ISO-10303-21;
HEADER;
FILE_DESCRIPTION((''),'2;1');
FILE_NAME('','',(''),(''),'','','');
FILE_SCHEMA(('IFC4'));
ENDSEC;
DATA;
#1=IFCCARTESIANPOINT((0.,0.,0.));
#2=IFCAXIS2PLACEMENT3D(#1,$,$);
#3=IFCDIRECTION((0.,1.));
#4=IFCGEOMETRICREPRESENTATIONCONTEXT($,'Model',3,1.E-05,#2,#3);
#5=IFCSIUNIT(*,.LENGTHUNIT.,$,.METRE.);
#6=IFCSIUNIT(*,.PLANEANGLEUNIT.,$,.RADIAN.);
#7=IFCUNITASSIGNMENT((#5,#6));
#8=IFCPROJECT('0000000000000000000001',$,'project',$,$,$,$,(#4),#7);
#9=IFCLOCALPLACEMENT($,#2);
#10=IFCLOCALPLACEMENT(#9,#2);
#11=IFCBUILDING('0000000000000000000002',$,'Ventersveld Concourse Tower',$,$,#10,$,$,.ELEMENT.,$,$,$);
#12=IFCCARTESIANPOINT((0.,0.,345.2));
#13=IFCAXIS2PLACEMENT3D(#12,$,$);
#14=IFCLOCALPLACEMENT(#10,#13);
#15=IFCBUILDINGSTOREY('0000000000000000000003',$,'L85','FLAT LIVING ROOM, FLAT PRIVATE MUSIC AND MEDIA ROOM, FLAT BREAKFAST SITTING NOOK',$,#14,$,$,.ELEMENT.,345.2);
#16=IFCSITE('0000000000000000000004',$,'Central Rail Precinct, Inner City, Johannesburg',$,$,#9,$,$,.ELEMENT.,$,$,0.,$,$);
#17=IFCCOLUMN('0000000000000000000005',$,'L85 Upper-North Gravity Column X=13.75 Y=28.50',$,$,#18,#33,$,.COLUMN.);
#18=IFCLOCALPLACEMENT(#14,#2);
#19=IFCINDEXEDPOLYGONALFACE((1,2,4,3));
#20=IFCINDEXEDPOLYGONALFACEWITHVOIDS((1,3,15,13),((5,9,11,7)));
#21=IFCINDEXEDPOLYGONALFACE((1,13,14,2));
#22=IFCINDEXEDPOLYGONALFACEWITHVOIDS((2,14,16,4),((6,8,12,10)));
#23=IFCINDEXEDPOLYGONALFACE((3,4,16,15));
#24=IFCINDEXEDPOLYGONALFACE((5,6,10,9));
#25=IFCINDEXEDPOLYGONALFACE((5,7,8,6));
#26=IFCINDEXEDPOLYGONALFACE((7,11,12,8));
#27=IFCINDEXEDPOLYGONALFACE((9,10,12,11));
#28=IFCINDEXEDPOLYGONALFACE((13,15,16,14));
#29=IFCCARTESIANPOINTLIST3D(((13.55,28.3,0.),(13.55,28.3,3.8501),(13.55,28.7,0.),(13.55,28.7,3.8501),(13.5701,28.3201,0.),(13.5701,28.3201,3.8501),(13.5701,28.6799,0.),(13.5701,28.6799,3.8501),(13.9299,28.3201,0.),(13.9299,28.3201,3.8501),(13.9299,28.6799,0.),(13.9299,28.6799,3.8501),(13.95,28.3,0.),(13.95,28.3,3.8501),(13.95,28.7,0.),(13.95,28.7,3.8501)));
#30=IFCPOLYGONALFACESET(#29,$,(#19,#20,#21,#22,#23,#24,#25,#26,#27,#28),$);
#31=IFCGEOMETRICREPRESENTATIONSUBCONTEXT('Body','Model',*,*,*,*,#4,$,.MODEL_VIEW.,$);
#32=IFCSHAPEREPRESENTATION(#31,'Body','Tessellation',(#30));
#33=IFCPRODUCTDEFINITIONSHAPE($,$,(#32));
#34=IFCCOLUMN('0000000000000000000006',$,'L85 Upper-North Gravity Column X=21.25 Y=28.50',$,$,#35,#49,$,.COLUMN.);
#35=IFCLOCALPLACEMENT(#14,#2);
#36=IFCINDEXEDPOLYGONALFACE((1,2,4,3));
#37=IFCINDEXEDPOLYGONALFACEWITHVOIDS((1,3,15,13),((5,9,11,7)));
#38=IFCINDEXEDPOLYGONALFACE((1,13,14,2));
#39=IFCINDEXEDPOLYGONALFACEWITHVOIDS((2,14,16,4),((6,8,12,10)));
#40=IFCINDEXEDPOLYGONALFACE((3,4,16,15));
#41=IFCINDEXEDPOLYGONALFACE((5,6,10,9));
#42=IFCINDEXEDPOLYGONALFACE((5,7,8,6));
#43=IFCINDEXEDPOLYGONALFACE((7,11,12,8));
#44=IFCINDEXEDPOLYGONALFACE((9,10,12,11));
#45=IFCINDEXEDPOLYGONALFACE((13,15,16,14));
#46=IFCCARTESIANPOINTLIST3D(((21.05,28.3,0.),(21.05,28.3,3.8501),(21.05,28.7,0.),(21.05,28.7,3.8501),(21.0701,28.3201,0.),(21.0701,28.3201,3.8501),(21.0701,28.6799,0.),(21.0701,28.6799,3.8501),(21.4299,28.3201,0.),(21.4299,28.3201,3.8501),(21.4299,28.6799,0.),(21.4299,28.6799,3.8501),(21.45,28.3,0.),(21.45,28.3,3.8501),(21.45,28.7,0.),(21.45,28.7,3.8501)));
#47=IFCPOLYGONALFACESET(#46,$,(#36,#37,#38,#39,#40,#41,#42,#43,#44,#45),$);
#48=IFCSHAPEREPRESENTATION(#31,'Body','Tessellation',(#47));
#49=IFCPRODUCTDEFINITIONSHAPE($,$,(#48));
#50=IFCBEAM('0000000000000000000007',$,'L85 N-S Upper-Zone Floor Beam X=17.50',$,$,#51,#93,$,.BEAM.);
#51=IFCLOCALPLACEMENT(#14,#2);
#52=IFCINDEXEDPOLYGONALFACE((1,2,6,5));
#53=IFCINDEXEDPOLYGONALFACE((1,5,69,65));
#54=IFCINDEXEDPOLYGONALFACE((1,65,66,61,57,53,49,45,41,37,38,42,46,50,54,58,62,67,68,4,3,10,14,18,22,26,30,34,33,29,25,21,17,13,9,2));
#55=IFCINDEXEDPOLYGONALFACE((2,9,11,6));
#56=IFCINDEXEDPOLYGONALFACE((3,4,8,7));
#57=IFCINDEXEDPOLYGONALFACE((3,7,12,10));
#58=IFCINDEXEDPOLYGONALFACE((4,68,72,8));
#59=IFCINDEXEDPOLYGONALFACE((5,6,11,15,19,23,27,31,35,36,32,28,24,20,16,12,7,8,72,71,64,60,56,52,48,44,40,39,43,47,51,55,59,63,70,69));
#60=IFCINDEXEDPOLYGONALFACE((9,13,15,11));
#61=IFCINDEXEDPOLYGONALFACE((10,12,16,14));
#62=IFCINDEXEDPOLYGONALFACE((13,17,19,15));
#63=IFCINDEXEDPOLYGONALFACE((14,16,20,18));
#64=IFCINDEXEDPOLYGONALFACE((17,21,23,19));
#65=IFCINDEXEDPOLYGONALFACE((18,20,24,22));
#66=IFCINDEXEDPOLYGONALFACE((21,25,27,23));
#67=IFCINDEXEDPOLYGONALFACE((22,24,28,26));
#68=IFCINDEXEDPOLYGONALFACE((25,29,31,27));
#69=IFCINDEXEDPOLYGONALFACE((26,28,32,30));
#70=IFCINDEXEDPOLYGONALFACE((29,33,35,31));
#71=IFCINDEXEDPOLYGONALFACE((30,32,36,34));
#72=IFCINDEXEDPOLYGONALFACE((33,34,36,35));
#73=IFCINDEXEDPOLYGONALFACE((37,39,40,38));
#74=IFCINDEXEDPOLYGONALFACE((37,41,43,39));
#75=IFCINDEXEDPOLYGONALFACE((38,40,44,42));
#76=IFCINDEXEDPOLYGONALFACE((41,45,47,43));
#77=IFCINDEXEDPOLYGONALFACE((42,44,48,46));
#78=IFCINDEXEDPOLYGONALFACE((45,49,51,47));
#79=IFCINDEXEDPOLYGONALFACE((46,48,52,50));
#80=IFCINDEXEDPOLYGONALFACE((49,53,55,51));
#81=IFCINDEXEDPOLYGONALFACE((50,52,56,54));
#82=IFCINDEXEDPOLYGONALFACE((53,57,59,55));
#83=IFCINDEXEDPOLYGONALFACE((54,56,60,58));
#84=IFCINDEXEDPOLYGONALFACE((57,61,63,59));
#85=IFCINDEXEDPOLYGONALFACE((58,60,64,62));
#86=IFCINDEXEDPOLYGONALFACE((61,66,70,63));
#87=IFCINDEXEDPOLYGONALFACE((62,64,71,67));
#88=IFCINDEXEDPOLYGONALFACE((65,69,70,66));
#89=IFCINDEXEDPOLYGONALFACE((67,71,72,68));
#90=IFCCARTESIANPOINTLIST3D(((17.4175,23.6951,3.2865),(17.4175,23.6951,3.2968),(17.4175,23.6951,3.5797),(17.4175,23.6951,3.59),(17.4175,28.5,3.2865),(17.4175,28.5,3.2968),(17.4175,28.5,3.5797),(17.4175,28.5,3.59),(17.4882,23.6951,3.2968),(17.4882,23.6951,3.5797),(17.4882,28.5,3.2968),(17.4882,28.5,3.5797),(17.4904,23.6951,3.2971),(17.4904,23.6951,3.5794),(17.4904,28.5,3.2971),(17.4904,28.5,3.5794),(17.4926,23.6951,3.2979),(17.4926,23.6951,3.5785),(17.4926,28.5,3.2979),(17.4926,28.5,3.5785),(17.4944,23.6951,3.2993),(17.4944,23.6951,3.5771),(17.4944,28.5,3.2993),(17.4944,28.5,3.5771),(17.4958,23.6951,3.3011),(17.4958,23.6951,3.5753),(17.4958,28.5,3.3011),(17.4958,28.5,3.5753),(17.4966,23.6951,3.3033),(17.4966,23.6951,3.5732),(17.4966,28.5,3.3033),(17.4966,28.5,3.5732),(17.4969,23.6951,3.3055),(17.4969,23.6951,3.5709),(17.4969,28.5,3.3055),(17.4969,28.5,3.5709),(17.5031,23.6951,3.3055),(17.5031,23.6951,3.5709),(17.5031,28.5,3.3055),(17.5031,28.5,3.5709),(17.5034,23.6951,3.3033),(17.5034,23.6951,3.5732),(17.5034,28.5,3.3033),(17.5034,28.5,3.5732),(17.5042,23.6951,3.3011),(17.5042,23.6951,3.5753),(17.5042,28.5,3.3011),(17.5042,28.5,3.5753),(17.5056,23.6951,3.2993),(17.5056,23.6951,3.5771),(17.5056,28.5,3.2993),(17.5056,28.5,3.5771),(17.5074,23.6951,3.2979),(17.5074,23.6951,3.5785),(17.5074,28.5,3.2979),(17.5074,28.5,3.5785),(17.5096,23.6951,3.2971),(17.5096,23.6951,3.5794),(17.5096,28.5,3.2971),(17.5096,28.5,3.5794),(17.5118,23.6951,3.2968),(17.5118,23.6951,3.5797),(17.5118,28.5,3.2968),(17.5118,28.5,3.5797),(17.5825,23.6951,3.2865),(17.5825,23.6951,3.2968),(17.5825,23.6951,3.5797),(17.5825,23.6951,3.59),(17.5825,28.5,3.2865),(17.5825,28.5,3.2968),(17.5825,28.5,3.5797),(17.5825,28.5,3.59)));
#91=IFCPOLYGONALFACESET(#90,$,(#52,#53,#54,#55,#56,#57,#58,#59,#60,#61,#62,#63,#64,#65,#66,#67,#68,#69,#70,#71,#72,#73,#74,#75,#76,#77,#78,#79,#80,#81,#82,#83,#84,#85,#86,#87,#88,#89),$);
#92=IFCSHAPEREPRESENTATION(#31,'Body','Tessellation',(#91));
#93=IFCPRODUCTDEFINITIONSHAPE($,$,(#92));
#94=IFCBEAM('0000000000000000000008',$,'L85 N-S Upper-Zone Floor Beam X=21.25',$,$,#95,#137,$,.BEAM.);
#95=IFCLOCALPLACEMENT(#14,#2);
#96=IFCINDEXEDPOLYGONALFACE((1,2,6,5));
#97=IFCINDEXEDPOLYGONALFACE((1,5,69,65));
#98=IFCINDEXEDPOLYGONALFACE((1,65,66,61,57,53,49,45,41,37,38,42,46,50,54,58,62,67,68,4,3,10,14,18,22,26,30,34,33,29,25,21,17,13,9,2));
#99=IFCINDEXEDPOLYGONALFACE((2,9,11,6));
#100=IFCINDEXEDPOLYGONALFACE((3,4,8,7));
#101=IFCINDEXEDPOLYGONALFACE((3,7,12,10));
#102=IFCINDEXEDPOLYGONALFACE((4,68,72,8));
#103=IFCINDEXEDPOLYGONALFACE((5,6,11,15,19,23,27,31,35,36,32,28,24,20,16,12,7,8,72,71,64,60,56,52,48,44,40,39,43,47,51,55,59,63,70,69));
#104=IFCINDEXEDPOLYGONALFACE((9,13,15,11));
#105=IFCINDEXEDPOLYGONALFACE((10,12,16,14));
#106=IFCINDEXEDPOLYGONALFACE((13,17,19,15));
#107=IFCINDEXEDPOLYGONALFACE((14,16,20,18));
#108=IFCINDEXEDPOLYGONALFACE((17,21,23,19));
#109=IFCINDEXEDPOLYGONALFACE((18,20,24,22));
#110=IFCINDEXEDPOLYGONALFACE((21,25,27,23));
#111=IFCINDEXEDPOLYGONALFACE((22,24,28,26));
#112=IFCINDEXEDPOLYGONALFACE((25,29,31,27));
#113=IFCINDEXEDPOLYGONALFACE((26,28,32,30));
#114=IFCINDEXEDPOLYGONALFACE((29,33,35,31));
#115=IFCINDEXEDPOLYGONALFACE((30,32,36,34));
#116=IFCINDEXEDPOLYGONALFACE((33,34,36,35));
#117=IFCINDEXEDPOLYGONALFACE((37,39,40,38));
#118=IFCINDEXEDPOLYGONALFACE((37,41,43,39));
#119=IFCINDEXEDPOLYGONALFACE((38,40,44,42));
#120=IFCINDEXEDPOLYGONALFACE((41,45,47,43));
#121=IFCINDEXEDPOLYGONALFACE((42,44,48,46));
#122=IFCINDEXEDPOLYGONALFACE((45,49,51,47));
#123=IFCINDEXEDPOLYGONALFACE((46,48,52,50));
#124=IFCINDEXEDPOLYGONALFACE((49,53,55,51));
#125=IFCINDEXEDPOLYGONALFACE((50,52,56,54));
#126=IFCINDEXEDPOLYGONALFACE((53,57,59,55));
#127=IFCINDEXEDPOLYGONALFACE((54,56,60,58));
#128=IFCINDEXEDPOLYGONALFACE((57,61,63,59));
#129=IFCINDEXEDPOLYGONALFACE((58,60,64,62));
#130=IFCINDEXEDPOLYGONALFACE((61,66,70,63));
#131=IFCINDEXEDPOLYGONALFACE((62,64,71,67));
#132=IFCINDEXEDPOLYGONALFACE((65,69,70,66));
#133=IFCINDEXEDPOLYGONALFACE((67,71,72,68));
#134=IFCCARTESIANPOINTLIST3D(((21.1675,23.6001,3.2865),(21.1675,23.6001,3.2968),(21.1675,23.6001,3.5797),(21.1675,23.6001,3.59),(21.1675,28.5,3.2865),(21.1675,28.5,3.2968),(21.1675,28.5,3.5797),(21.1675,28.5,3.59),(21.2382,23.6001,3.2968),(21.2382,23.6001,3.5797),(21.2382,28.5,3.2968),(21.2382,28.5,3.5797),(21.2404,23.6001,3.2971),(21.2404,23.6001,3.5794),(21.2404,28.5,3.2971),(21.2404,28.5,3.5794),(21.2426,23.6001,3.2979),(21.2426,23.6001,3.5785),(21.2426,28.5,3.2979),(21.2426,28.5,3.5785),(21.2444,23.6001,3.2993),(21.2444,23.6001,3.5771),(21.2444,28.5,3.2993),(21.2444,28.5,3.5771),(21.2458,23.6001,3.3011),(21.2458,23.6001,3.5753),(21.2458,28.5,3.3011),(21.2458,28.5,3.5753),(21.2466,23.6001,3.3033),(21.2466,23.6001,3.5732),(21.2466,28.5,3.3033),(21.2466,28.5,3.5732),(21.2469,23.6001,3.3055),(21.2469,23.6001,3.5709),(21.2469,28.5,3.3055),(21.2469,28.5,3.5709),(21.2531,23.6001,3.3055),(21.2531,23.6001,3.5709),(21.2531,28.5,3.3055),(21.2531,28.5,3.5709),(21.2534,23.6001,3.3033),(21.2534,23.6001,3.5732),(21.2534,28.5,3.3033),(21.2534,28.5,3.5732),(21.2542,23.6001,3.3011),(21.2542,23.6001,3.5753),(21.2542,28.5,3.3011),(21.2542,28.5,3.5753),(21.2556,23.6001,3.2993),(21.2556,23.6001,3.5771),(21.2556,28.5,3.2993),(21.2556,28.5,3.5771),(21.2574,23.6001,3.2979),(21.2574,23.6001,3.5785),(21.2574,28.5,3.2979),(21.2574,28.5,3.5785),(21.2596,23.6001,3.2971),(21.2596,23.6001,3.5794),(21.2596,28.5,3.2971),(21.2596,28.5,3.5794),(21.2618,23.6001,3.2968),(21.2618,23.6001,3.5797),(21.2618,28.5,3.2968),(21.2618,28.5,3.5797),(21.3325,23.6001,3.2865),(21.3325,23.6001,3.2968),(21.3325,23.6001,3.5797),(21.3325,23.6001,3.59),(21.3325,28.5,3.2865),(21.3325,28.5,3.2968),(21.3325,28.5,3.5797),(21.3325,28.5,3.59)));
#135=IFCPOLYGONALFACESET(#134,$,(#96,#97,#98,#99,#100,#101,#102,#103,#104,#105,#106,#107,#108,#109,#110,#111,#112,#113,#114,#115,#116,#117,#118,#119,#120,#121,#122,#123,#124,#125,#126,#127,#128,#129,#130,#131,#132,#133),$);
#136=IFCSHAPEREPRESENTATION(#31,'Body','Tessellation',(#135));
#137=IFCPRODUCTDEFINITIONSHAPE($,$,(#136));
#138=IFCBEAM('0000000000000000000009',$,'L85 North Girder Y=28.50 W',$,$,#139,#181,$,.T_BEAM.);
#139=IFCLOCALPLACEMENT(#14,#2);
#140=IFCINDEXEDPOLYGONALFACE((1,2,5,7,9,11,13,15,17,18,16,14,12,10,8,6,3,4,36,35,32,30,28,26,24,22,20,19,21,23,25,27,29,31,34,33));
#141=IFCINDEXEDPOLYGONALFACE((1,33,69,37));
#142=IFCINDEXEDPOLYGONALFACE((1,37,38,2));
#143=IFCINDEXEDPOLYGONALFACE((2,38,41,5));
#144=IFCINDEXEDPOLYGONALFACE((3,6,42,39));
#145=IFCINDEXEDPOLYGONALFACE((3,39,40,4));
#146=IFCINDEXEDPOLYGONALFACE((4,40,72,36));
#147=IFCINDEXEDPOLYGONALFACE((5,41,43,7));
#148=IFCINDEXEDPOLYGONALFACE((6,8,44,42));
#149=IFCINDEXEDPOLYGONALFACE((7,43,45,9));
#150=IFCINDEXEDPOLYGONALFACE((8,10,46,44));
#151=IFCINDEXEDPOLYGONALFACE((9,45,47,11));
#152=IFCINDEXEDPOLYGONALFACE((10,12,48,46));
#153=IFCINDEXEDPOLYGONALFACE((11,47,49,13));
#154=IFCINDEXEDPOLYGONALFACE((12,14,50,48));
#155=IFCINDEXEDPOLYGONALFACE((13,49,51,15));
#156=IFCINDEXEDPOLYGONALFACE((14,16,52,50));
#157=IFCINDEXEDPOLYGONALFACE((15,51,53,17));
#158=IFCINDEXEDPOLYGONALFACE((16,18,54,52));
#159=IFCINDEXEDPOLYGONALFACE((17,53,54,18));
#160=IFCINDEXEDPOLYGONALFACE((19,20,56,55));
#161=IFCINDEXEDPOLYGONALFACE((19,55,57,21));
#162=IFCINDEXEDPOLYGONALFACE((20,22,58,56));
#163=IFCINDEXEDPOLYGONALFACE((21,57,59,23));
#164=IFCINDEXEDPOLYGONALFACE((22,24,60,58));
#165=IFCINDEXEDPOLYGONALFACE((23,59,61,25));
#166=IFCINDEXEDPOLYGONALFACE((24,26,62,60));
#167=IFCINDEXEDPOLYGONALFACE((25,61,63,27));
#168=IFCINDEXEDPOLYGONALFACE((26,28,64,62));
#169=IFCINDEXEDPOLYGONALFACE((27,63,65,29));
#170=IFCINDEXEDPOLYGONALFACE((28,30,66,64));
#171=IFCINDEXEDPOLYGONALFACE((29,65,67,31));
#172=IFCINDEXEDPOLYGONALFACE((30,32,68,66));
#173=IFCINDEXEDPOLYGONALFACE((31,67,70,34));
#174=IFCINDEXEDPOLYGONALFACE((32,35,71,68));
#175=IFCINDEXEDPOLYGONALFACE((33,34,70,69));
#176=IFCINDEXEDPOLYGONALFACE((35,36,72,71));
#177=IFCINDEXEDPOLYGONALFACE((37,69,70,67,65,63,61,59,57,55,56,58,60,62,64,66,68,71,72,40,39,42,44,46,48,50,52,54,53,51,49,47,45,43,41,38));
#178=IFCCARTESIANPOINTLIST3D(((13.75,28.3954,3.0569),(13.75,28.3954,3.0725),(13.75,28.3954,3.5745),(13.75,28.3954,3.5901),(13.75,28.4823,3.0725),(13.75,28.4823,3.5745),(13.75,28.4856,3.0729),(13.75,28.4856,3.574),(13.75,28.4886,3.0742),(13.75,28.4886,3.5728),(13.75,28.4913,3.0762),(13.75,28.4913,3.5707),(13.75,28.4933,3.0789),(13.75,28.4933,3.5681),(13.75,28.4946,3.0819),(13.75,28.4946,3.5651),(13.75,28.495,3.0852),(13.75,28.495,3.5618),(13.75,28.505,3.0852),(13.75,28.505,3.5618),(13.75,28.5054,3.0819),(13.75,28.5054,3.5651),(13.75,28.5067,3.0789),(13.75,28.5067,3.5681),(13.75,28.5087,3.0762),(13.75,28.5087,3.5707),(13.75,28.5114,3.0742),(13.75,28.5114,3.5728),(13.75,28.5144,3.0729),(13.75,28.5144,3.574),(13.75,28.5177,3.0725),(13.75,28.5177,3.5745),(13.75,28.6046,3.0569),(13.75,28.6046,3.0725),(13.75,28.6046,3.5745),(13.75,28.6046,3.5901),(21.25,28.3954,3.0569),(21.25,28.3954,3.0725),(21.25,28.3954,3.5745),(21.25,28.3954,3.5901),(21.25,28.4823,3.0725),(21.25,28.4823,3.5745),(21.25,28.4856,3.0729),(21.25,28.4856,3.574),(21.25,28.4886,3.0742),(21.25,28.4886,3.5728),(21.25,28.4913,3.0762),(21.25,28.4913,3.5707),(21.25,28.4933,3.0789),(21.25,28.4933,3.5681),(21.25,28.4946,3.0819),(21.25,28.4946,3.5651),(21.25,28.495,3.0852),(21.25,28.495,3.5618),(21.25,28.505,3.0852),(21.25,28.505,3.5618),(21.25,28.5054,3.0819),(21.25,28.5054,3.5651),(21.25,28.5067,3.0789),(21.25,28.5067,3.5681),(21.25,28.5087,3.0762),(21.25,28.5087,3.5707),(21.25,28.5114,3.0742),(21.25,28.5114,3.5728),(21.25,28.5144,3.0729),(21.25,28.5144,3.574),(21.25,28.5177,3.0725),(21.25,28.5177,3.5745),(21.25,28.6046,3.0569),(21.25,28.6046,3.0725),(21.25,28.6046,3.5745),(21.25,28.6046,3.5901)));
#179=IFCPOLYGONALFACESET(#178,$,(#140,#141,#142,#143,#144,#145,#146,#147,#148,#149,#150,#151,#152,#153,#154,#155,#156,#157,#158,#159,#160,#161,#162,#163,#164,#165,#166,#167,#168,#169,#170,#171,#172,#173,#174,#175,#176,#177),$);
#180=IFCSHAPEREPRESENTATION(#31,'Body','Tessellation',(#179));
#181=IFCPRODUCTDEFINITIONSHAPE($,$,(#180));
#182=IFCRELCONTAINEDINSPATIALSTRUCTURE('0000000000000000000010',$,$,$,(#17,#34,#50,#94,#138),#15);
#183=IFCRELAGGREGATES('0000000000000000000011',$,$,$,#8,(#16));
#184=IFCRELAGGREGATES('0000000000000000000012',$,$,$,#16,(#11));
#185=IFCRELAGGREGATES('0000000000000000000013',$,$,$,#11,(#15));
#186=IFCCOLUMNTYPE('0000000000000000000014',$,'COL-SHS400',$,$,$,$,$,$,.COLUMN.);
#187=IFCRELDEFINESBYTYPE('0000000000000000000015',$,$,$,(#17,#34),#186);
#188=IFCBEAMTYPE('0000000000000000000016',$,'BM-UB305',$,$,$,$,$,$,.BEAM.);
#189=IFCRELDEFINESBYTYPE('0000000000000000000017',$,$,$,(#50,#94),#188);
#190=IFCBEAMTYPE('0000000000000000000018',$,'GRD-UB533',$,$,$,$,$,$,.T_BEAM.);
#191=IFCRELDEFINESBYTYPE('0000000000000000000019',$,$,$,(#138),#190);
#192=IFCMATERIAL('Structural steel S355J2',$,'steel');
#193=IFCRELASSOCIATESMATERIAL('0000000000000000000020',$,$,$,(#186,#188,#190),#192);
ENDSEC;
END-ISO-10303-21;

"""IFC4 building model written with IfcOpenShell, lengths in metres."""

from ifc_helpers import new_model, si_unit, direction, frame, origin, origin_2d, place, context, subcontext, project, spatial, hollow_rectangle, i_section, extrude, material, material_profile, profile_set, type_object, element, save


model = new_model("IFC4")

# Units and contexts
model_context = context("Model", 3, precision=1e-05, world=origin(), true_north=direction((0.0, 1.0)))
body_context = subcontext(model_context, "Body", "Model", "MODEL_VIEW")
ifc_project = project(units=[si_unit("LENGTHUNIT", "METRE"), si_unit("PLANEANGLEUNIT", "RADIAN")], contexts=[model_context])

# Site, building, storey
site_placement = place(None, origin())
site = spatial("IfcSite", under=ifc_project, at=site_placement, Name="Central Rail Precinct, Inner City, Johannesburg", CompositionType="ELEMENT", RefElevation=0.0)
building_placement = place(site_placement, origin())
building = spatial("IfcBuilding", under=site, at=building_placement, Name="Ventersveld Concourse Tower", CompositionType="ELEMENT")
storey_placement = place(building_placement, frame((0.0, 0.0, 345.2)))
storey = spatial("IfcBuildingStorey", under=building, at=storey_placement, Name="L85", Description="FLAT LIVING ROOM, FLAT PRIVATE MUSIC AND MEDIA ROOM, FLAT BREAKFAST SITTING NOOK", CompositionType="ELEMENT", Elevation=345.2)

# Columns
ifc_material_1 = material(Name="Structural steel S355J2", Category="steel")
ifc_material_profile_1 = material_profile(ifc_material_1, hollow_rectangle(XDim=0.3999, YDim=0.3999, WallThickness=0.02, at=origin_2d()), Name="SHS 400x400x20")
ifc_profile_set_1 = profile_set([ifc_material_profile_1], Name="Structural steel S355J2")
column_type = type_object("IfcColumnType", Name="COL-SHS400", PredefinedType="COLUMN", material=ifc_profile_set_1)
for number, where, z_axis, x_axis, name in (
    (1, (13.75, 28.5, 0.0), (0.0, 0.0, 1.0), (1.0, 0.0, 0.0), "L85 Upper-North Gravity Column X=13.75 Y=28.50"),
    (2, (21.25, 28.5, 0.0), (0.0, 0.0, 1.0), (1.0, 0.0, 0.0), "L85 Upper-North Gravity Column X=21.25 Y=28.50"),
):
    element("IfcColumn", number, at=place(storey_placement, frame(where, z_axis=z_axis, x_axis=x_axis)), inside=storey, type_object=column_type, Name=name, PredefinedType="COLUMN", context=body_context, shape_type="SweptSolid", body=[
        extrude(hollow_rectangle(XDim=0.3999, YDim=0.3999, WallThickness=0.02, at=origin_2d()), origin(), (0.0, 0.0, 1.0), 3.8501),
    ])

# Beams
ifc_material_profile_2 = material_profile(ifc_material_1, i_section(OverallWidth=0.165, OverallDepth=0.3035, WebThickness=0.0061, FlangeThickness=0.0103, FilletRadius=0.0088, at=origin_2d()), Name="UB 305x165x40")
ifc_profile_set_2 = profile_set([ifc_material_profile_2], Name="Structural steel S355J2")
beam_type_1 = type_object("IfcBeamType", Name="BM-UB305", PredefinedType="BEAM", material=ifc_profile_set_2)
beam_1_placement = place(storey_placement, frame((17.5, 23.6951, 3.4382), z_axis=(0.0, 1.0, 0.0), x_axis=(-1.0, 0.0, 0.0)))
element("IfcBeam", 3, at=beam_1_placement, inside=storey, type_object=beam_type_1, Name="L85 N-S Upper-Zone Floor Beam X=17.50", PredefinedType="BEAM", context=body_context, shape_type="SweptSolid", body=[
    extrude(i_section(OverallWidth=0.165, OverallDepth=0.3035, WebThickness=0.0061, FlangeThickness=0.0103, FilletRadius=0.0088, at=origin_2d()), origin(), (0.0, 0.0, 1.0), 4.8049),
])
beam_2_placement = place(storey_placement, frame((21.25, 23.6001, 3.4382), z_axis=(0.0, 1.0, 0.0), x_axis=(-1.0, 0.0, 0.0)))
element("IfcBeam", 4, at=beam_2_placement, inside=storey, type_object=beam_type_1, Name="L85 N-S Upper-Zone Floor Beam X=21.25", PredefinedType="BEAM", context=body_context, shape_type="SweptSolid", body=[
    extrude(i_section(OverallWidth=0.165, OverallDepth=0.3035, WebThickness=0.0061, FlangeThickness=0.0103, FilletRadius=0.0088, at=origin_2d()), origin(), (0.0, 0.0, 1.0), 4.8999),
])
ifc_material_profile_3 = material_profile(ifc_material_1, i_section(OverallWidth=0.2092, OverallDepth=0.5332, WebThickness=0.01, FlangeThickness=0.0156, FilletRadius=0.0127, at=origin_2d()), Name="UB 533x210x92")
ifc_profile_set_3 = profile_set([ifc_material_profile_3], Name="Structural steel S355J2")
beam_type_2 = type_object("IfcBeamType", Name="GRD-UB533", PredefinedType="T_BEAM", material=ifc_profile_set_3)
beam_3_placement = place(storey_placement, frame((13.75, 28.5, 3.3235), z_axis=(1.0, 0.0, 0.0), x_axis=(0.0, 1.0, 0.0)))
element("IfcBeam", 5, at=beam_3_placement, inside=storey, type_object=beam_type_2, Name="L85 North Girder Y=28.50 W", PredefinedType="T_BEAM", context=body_context, shape_type="SweptSolid", body=[
    extrude(i_section(OverallWidth=0.2092, OverallDepth=0.5332, WebThickness=0.01, FlangeThickness=0.0156, FilletRadius=0.0127, at=origin_2d()), origin(), (0.0, 0.0, 1.0), 7.5),
])

save(model, "model.ifc")
